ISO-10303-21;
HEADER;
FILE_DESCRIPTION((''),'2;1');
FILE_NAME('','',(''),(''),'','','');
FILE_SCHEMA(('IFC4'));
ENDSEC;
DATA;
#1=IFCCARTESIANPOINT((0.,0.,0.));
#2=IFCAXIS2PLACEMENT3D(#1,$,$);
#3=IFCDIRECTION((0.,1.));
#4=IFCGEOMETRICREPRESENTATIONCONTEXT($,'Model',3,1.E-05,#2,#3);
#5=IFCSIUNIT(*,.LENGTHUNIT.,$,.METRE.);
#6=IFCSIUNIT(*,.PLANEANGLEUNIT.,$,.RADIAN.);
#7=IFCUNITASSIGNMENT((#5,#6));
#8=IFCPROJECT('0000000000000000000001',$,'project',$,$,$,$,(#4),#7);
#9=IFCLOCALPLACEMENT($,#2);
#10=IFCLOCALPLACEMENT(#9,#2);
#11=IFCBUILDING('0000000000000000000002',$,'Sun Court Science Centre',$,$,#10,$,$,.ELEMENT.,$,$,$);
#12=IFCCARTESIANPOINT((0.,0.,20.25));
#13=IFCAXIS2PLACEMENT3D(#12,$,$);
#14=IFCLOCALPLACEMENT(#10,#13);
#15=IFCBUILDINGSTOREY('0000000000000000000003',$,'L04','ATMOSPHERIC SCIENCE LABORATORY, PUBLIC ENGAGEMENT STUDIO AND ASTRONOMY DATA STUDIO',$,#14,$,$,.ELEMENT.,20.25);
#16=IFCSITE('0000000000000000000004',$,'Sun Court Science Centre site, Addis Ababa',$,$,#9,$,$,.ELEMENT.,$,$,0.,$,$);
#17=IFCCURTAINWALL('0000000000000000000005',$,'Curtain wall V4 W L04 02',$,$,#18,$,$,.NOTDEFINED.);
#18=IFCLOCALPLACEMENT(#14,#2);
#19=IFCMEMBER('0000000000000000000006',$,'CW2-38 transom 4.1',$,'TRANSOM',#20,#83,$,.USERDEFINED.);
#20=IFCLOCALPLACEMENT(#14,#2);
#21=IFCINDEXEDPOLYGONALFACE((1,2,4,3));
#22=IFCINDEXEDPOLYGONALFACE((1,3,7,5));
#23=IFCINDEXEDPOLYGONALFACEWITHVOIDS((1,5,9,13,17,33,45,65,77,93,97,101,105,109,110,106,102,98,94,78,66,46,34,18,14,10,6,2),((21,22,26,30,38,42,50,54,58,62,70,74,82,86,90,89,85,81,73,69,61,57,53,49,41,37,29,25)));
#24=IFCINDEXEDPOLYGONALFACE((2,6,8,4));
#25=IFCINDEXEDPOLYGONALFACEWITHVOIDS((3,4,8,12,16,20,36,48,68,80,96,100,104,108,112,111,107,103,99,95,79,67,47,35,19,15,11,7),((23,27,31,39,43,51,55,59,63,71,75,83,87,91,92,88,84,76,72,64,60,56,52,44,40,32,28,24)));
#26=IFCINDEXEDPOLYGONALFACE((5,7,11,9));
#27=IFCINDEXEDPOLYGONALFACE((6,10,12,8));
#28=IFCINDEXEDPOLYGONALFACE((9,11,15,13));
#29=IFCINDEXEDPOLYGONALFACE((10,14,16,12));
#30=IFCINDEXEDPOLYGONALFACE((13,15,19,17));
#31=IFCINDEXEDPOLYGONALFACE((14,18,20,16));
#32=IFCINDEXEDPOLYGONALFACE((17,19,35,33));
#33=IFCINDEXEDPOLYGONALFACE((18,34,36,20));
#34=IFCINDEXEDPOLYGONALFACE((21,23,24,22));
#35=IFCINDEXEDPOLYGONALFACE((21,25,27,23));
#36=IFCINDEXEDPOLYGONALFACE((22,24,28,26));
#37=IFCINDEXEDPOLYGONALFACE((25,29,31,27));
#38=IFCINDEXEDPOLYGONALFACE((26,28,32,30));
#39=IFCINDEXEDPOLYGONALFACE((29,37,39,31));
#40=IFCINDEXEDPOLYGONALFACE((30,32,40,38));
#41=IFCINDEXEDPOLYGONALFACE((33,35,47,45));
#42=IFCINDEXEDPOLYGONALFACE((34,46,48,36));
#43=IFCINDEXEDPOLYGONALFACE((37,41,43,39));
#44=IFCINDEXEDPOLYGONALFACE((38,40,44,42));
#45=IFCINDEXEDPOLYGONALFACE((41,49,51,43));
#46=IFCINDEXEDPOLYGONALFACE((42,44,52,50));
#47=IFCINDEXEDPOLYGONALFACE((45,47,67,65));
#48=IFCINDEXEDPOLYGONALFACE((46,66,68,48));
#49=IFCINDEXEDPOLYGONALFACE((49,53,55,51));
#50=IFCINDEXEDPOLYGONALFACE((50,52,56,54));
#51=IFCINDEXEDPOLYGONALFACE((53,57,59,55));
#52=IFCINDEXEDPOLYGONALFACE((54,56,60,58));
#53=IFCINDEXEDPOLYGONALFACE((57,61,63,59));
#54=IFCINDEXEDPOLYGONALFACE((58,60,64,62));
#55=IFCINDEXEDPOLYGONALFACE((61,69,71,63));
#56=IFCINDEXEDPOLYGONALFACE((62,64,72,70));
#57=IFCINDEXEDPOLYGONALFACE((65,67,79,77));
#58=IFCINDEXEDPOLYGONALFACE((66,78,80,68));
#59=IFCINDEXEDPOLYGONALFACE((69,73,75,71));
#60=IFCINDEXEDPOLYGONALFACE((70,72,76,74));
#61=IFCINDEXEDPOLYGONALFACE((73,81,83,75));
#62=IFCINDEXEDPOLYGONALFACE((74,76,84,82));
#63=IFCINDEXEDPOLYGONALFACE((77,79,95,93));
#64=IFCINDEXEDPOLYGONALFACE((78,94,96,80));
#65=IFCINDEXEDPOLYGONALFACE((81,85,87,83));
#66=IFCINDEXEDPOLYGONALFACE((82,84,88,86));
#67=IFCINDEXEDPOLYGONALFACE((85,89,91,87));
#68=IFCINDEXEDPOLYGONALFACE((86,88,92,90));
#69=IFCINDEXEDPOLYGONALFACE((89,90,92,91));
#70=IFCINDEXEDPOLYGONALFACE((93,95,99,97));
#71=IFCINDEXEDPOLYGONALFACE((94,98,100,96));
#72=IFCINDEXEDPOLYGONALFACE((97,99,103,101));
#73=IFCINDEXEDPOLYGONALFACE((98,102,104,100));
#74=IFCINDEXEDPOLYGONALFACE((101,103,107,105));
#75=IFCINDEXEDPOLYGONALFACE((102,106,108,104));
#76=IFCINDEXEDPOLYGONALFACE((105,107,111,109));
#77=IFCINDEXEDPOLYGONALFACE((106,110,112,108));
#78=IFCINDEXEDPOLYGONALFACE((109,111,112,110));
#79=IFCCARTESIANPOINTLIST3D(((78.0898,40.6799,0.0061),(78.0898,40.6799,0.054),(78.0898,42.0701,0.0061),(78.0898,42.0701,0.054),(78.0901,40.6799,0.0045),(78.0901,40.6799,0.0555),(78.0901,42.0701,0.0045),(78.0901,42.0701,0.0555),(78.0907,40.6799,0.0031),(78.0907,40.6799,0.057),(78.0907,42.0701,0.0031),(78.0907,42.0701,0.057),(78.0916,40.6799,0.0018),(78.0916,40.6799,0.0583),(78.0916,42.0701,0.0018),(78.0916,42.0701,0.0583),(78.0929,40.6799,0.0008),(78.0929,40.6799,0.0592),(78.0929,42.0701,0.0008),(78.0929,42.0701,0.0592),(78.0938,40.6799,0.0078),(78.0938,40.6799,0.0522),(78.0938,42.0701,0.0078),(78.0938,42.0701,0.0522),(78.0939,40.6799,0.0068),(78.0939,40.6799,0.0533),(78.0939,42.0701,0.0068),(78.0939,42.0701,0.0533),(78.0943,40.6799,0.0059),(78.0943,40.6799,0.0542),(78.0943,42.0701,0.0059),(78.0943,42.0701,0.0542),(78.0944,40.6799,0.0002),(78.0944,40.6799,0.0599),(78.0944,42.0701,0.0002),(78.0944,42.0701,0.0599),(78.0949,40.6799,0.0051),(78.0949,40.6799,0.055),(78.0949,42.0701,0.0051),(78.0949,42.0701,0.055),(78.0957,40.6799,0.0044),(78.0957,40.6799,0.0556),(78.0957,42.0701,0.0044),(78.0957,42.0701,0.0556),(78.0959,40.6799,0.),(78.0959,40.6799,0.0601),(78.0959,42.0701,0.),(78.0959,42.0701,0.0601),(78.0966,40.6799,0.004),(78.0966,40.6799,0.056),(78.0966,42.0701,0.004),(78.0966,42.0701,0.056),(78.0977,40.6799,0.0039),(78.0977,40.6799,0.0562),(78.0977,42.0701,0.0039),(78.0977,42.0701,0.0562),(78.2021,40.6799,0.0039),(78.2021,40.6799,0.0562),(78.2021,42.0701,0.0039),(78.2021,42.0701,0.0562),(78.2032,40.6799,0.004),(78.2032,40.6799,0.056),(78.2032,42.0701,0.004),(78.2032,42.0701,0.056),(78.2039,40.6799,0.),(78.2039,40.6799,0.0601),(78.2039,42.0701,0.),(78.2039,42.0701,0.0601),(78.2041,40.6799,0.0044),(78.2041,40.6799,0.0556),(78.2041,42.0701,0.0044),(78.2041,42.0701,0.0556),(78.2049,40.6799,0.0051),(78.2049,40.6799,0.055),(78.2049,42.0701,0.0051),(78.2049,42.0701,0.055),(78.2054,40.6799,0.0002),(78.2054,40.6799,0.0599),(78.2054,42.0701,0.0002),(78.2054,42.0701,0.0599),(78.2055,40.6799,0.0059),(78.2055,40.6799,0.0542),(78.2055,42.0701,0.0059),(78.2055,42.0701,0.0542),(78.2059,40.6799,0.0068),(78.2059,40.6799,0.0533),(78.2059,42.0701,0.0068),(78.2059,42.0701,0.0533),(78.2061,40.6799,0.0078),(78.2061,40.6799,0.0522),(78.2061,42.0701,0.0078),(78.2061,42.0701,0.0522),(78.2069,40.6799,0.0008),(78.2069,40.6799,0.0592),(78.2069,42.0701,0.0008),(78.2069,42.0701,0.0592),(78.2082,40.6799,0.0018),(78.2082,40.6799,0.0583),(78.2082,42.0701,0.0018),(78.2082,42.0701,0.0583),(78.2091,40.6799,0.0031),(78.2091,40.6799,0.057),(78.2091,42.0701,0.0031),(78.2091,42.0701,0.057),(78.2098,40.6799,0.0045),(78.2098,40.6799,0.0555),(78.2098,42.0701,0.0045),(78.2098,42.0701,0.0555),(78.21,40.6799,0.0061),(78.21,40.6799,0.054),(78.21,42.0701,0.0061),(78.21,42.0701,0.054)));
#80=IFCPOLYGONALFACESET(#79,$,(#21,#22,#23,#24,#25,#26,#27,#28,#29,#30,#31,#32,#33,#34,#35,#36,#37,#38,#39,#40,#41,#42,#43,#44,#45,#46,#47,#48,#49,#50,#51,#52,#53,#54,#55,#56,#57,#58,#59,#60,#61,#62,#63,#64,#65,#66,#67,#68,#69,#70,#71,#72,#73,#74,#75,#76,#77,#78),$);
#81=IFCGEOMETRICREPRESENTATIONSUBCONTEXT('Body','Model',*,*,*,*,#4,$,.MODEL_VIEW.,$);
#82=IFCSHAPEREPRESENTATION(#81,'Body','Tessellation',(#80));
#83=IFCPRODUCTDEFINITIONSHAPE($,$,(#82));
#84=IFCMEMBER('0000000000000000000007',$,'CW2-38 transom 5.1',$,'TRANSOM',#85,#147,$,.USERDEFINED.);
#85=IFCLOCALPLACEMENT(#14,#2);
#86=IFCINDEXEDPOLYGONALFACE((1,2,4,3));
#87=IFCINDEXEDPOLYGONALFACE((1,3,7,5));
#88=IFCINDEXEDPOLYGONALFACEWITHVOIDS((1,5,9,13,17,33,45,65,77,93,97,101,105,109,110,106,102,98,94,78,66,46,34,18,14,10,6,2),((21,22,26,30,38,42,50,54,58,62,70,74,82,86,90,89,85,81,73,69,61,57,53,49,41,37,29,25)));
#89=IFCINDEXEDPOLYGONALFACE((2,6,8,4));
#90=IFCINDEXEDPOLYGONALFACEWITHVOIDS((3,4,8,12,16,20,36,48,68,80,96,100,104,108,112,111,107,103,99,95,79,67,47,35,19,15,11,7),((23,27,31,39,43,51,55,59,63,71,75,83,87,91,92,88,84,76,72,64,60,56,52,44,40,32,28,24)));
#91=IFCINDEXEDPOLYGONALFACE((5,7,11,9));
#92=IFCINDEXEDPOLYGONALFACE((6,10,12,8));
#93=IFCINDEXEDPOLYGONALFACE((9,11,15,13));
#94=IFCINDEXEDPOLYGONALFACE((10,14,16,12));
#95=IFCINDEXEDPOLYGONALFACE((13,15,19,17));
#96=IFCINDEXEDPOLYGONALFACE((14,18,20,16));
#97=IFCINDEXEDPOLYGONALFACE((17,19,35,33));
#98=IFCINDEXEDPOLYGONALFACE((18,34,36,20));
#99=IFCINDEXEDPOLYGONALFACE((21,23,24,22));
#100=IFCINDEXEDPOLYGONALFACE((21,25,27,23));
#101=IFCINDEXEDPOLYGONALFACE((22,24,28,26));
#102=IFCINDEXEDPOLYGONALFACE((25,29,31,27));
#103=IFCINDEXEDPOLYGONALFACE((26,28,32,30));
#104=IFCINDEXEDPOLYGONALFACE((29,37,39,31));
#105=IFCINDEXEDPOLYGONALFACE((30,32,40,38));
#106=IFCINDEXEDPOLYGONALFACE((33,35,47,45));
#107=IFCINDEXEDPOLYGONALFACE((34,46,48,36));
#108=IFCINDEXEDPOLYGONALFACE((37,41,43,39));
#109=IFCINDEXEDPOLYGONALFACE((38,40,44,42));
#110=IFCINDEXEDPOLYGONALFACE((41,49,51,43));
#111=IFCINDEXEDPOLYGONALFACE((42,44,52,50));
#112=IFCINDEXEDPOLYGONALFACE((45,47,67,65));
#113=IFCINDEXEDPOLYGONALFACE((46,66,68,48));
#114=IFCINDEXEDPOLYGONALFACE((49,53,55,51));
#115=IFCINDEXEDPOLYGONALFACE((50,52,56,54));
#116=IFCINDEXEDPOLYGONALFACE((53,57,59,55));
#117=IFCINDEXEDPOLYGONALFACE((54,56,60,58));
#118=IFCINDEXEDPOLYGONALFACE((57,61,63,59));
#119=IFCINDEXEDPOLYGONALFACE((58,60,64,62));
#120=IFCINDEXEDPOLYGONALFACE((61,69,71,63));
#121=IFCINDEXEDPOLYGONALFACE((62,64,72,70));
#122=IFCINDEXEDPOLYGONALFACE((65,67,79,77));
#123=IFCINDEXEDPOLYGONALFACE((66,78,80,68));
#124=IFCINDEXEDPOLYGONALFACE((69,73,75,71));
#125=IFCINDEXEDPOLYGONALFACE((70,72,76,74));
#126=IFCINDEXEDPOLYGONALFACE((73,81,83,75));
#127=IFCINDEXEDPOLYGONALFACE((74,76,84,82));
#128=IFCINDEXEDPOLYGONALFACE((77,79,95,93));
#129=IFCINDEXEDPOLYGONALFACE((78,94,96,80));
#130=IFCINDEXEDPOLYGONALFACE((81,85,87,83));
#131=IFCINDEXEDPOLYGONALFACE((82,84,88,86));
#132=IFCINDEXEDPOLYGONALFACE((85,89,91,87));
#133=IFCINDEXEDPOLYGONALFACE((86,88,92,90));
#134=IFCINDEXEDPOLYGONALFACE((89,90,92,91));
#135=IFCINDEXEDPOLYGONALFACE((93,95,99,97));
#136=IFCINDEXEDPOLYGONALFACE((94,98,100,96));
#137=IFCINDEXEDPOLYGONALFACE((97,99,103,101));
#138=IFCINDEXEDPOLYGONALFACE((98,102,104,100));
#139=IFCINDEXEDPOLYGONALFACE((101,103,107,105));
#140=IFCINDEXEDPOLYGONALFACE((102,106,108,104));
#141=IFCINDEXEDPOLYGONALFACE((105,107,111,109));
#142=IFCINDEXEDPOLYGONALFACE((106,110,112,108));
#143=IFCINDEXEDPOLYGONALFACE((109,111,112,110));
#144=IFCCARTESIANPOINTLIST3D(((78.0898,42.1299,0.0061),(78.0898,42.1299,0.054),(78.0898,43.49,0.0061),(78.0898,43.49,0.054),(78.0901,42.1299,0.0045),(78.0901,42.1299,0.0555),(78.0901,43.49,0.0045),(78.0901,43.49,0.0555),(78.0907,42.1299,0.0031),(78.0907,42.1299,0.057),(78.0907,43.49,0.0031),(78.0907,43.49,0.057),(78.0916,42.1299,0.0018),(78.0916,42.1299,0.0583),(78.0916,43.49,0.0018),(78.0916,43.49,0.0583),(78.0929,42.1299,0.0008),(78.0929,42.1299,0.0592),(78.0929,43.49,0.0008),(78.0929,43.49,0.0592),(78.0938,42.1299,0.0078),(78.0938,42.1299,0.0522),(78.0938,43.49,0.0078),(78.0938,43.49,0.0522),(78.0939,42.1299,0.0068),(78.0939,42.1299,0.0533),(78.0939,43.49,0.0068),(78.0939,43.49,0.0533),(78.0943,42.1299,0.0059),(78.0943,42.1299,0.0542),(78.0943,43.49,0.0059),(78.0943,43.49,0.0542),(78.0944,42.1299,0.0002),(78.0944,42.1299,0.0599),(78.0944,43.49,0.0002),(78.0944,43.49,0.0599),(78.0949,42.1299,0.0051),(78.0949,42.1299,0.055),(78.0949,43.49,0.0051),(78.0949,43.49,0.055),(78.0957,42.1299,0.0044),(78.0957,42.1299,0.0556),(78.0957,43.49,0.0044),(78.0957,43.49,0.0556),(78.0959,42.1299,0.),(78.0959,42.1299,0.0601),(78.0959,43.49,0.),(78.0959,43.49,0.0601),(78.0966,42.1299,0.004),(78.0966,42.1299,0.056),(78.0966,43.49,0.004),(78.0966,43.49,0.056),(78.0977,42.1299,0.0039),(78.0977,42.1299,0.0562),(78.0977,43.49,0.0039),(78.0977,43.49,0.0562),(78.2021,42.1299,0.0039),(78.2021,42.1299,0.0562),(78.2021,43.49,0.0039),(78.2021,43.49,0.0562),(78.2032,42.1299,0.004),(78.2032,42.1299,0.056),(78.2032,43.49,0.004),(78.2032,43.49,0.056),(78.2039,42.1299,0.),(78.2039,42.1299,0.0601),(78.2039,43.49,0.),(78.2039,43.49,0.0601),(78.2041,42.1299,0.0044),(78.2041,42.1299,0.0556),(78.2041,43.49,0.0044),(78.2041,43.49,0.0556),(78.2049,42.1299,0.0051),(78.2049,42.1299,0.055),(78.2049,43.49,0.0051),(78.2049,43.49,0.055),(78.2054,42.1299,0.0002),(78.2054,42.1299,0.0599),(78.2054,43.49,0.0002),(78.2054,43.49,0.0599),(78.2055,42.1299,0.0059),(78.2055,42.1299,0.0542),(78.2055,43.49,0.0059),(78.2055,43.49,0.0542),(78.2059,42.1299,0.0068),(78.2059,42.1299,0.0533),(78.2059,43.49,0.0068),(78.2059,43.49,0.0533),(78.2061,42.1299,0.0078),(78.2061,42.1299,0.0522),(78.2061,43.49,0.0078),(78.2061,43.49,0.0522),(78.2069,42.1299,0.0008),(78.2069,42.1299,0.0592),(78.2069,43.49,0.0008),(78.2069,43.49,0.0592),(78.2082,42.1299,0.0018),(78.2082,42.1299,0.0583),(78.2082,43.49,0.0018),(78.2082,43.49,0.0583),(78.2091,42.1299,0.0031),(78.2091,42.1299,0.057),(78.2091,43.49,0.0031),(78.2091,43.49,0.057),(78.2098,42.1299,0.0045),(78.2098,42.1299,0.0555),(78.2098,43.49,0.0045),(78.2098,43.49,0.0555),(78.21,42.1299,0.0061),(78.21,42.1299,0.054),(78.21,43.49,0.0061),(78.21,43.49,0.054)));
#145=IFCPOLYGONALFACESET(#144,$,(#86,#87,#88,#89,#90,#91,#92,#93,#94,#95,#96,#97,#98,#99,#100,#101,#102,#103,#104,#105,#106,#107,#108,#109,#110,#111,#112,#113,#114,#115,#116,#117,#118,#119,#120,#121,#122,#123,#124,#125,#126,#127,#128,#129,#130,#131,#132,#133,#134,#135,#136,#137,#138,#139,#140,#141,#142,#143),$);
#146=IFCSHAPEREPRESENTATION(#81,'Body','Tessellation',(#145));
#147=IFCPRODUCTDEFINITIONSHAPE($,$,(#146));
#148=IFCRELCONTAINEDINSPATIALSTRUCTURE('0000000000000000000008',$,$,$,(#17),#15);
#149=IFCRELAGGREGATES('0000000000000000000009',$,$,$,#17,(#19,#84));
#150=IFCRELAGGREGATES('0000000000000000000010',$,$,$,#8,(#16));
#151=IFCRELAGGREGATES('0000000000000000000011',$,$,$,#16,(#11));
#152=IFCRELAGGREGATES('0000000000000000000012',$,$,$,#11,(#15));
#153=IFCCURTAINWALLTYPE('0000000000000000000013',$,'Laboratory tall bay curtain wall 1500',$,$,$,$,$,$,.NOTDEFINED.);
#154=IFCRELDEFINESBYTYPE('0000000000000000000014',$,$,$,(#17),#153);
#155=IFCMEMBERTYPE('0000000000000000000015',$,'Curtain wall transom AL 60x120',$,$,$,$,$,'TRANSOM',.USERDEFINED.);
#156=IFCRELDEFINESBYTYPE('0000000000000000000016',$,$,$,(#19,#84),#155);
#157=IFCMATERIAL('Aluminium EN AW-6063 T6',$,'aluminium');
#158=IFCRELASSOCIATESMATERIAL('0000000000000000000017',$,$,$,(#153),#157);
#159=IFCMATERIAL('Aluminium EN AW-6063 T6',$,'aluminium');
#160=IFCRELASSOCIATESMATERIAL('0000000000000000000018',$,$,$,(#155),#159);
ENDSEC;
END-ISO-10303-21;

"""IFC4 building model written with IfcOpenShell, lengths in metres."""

from ifc_helpers import new_model, si_unit, direction, frame, origin, origin_2d, place, context, subcontext, project, spatial, hollow_rectangle, extrude, material, material_profile, profile_set, type_object, element, aggregate, save


model = new_model("IFC4")

# Units and contexts
model_context = context("Model", 3, precision=1e-05, world=origin(), true_north=direction((0.0, 1.0)))
body_context = subcontext(model_context, "Body", "Model", "MODEL_VIEW")
ifc_project = project(units=[si_unit("LENGTHUNIT", "METRE"), si_unit("PLANEANGLEUNIT", "RADIAN")], contexts=[model_context])

# Site, building, storey
site_placement = place(None, origin())
site = spatial("IfcSite", under=ifc_project, at=site_placement, Name="Sun Court Science Centre site, Addis Ababa", CompositionType="ELEMENT", RefElevation=0.0)
building_placement = place(site_placement, origin())
building = spatial("IfcBuilding", under=site, at=building_placement, Name="Sun Court Science Centre", CompositionType="ELEMENT")
storey_placement = place(building_placement, frame((0.0, 0.0, 20.25)))
storey = spatial("IfcBuildingStorey", under=building, at=storey_placement, Name="L04", Description="ATMOSPHERIC SCIENCE LABORATORY, PUBLIC ENGAGEMENT STUDIO AND ASTRONOMY DATA STUDIO", CompositionType="ELEMENT", Elevation=20.25)

# Shared definitions
ifc_material_1 = material(Name="Aluminium EN AW-6063 T6", Category="aluminium")
curtain_wall_type = type_object("IfcCurtainWallType", Name="Laboratory tall bay curtain wall 1500", PredefinedType="NOTDEFINED", material=ifc_material_1)

# Curtain wall
curtain_wall_1_placement = place(storey_placement, origin())
curtain_wall_1 = element("IfcCurtainWall", 1, at=curtain_wall_1_placement, inside=storey, type_object=curtain_wall_type, Name="Curtain wall V4 W L04 02", PredefinedType="NOTDEFINED")

# Members
ifc_material_2 = material(Name="Aluminium EN AW-6063 T6", Category="aluminium")
ifc_material_profile_1 = material_profile(ifc_material_2, hollow_rectangle(XDim=0.0601, YDim=0.1201, WallThickness=0.0039, InnerFilletRadius=0.0039, OuterFilletRadius=0.0061, at=origin_2d()), Name="AL 60x120x4")
ifc_profile_set_1 = profile_set([ifc_material_profile_1], Name="Aluminium EN AW-6063 T6")
member_type_1 = type_object("IfcMemberType", Name="Curtain wall transom AL 60x120", ElementType="TRANSOM", PredefinedType="USERDEFINED", material=ifc_profile_set_1)
member_1_placement = place(storey_placement, frame((78.1499, 40.6799, 0.03), z_axis=(0.0, 1.0, 0.0), x_axis=(0.0, 0.0, 1.0)))
member_1 = element("IfcMember", 2, at=member_1_placement, type_object=member_type_1, Name="CW2-38 transom 4.1", ObjectType="TRANSOM", PredefinedType="USERDEFINED", context=body_context, shape_type="SweptSolid", body=[
    extrude(hollow_rectangle(XDim=0.0601, YDim=0.1201, WallThickness=0.0039, InnerFilletRadius=0.0039, OuterFilletRadius=0.0061, at=origin_2d()), origin(), (0.0, 0.0, 1.0), 1.3901),
])
member_2_placement = place(storey_placement, frame((78.1499, 42.1299, 0.03), z_axis=(0.0, 1.0, 0.0), x_axis=(0.0, 0.0, 1.0)))
member_2 = element("IfcMember", 3, at=member_2_placement, type_object=member_type_1, Name="CW2-38 transom 5.1", ObjectType="TRANSOM", PredefinedType="USERDEFINED", context=body_context, shape_type="SweptSolid", body=[
    extrude(hollow_rectangle(XDim=0.0601, YDim=0.1201, WallThickness=0.0039, InnerFilletRadius=0.0039, OuterFilletRadius=0.0061, at=origin_2d()), origin(), (0.0, 0.0, 1.0), 1.3601),
])

aggregate(curtain_wall_1, [member_1, member_2])

save(model, "model.ifc")
